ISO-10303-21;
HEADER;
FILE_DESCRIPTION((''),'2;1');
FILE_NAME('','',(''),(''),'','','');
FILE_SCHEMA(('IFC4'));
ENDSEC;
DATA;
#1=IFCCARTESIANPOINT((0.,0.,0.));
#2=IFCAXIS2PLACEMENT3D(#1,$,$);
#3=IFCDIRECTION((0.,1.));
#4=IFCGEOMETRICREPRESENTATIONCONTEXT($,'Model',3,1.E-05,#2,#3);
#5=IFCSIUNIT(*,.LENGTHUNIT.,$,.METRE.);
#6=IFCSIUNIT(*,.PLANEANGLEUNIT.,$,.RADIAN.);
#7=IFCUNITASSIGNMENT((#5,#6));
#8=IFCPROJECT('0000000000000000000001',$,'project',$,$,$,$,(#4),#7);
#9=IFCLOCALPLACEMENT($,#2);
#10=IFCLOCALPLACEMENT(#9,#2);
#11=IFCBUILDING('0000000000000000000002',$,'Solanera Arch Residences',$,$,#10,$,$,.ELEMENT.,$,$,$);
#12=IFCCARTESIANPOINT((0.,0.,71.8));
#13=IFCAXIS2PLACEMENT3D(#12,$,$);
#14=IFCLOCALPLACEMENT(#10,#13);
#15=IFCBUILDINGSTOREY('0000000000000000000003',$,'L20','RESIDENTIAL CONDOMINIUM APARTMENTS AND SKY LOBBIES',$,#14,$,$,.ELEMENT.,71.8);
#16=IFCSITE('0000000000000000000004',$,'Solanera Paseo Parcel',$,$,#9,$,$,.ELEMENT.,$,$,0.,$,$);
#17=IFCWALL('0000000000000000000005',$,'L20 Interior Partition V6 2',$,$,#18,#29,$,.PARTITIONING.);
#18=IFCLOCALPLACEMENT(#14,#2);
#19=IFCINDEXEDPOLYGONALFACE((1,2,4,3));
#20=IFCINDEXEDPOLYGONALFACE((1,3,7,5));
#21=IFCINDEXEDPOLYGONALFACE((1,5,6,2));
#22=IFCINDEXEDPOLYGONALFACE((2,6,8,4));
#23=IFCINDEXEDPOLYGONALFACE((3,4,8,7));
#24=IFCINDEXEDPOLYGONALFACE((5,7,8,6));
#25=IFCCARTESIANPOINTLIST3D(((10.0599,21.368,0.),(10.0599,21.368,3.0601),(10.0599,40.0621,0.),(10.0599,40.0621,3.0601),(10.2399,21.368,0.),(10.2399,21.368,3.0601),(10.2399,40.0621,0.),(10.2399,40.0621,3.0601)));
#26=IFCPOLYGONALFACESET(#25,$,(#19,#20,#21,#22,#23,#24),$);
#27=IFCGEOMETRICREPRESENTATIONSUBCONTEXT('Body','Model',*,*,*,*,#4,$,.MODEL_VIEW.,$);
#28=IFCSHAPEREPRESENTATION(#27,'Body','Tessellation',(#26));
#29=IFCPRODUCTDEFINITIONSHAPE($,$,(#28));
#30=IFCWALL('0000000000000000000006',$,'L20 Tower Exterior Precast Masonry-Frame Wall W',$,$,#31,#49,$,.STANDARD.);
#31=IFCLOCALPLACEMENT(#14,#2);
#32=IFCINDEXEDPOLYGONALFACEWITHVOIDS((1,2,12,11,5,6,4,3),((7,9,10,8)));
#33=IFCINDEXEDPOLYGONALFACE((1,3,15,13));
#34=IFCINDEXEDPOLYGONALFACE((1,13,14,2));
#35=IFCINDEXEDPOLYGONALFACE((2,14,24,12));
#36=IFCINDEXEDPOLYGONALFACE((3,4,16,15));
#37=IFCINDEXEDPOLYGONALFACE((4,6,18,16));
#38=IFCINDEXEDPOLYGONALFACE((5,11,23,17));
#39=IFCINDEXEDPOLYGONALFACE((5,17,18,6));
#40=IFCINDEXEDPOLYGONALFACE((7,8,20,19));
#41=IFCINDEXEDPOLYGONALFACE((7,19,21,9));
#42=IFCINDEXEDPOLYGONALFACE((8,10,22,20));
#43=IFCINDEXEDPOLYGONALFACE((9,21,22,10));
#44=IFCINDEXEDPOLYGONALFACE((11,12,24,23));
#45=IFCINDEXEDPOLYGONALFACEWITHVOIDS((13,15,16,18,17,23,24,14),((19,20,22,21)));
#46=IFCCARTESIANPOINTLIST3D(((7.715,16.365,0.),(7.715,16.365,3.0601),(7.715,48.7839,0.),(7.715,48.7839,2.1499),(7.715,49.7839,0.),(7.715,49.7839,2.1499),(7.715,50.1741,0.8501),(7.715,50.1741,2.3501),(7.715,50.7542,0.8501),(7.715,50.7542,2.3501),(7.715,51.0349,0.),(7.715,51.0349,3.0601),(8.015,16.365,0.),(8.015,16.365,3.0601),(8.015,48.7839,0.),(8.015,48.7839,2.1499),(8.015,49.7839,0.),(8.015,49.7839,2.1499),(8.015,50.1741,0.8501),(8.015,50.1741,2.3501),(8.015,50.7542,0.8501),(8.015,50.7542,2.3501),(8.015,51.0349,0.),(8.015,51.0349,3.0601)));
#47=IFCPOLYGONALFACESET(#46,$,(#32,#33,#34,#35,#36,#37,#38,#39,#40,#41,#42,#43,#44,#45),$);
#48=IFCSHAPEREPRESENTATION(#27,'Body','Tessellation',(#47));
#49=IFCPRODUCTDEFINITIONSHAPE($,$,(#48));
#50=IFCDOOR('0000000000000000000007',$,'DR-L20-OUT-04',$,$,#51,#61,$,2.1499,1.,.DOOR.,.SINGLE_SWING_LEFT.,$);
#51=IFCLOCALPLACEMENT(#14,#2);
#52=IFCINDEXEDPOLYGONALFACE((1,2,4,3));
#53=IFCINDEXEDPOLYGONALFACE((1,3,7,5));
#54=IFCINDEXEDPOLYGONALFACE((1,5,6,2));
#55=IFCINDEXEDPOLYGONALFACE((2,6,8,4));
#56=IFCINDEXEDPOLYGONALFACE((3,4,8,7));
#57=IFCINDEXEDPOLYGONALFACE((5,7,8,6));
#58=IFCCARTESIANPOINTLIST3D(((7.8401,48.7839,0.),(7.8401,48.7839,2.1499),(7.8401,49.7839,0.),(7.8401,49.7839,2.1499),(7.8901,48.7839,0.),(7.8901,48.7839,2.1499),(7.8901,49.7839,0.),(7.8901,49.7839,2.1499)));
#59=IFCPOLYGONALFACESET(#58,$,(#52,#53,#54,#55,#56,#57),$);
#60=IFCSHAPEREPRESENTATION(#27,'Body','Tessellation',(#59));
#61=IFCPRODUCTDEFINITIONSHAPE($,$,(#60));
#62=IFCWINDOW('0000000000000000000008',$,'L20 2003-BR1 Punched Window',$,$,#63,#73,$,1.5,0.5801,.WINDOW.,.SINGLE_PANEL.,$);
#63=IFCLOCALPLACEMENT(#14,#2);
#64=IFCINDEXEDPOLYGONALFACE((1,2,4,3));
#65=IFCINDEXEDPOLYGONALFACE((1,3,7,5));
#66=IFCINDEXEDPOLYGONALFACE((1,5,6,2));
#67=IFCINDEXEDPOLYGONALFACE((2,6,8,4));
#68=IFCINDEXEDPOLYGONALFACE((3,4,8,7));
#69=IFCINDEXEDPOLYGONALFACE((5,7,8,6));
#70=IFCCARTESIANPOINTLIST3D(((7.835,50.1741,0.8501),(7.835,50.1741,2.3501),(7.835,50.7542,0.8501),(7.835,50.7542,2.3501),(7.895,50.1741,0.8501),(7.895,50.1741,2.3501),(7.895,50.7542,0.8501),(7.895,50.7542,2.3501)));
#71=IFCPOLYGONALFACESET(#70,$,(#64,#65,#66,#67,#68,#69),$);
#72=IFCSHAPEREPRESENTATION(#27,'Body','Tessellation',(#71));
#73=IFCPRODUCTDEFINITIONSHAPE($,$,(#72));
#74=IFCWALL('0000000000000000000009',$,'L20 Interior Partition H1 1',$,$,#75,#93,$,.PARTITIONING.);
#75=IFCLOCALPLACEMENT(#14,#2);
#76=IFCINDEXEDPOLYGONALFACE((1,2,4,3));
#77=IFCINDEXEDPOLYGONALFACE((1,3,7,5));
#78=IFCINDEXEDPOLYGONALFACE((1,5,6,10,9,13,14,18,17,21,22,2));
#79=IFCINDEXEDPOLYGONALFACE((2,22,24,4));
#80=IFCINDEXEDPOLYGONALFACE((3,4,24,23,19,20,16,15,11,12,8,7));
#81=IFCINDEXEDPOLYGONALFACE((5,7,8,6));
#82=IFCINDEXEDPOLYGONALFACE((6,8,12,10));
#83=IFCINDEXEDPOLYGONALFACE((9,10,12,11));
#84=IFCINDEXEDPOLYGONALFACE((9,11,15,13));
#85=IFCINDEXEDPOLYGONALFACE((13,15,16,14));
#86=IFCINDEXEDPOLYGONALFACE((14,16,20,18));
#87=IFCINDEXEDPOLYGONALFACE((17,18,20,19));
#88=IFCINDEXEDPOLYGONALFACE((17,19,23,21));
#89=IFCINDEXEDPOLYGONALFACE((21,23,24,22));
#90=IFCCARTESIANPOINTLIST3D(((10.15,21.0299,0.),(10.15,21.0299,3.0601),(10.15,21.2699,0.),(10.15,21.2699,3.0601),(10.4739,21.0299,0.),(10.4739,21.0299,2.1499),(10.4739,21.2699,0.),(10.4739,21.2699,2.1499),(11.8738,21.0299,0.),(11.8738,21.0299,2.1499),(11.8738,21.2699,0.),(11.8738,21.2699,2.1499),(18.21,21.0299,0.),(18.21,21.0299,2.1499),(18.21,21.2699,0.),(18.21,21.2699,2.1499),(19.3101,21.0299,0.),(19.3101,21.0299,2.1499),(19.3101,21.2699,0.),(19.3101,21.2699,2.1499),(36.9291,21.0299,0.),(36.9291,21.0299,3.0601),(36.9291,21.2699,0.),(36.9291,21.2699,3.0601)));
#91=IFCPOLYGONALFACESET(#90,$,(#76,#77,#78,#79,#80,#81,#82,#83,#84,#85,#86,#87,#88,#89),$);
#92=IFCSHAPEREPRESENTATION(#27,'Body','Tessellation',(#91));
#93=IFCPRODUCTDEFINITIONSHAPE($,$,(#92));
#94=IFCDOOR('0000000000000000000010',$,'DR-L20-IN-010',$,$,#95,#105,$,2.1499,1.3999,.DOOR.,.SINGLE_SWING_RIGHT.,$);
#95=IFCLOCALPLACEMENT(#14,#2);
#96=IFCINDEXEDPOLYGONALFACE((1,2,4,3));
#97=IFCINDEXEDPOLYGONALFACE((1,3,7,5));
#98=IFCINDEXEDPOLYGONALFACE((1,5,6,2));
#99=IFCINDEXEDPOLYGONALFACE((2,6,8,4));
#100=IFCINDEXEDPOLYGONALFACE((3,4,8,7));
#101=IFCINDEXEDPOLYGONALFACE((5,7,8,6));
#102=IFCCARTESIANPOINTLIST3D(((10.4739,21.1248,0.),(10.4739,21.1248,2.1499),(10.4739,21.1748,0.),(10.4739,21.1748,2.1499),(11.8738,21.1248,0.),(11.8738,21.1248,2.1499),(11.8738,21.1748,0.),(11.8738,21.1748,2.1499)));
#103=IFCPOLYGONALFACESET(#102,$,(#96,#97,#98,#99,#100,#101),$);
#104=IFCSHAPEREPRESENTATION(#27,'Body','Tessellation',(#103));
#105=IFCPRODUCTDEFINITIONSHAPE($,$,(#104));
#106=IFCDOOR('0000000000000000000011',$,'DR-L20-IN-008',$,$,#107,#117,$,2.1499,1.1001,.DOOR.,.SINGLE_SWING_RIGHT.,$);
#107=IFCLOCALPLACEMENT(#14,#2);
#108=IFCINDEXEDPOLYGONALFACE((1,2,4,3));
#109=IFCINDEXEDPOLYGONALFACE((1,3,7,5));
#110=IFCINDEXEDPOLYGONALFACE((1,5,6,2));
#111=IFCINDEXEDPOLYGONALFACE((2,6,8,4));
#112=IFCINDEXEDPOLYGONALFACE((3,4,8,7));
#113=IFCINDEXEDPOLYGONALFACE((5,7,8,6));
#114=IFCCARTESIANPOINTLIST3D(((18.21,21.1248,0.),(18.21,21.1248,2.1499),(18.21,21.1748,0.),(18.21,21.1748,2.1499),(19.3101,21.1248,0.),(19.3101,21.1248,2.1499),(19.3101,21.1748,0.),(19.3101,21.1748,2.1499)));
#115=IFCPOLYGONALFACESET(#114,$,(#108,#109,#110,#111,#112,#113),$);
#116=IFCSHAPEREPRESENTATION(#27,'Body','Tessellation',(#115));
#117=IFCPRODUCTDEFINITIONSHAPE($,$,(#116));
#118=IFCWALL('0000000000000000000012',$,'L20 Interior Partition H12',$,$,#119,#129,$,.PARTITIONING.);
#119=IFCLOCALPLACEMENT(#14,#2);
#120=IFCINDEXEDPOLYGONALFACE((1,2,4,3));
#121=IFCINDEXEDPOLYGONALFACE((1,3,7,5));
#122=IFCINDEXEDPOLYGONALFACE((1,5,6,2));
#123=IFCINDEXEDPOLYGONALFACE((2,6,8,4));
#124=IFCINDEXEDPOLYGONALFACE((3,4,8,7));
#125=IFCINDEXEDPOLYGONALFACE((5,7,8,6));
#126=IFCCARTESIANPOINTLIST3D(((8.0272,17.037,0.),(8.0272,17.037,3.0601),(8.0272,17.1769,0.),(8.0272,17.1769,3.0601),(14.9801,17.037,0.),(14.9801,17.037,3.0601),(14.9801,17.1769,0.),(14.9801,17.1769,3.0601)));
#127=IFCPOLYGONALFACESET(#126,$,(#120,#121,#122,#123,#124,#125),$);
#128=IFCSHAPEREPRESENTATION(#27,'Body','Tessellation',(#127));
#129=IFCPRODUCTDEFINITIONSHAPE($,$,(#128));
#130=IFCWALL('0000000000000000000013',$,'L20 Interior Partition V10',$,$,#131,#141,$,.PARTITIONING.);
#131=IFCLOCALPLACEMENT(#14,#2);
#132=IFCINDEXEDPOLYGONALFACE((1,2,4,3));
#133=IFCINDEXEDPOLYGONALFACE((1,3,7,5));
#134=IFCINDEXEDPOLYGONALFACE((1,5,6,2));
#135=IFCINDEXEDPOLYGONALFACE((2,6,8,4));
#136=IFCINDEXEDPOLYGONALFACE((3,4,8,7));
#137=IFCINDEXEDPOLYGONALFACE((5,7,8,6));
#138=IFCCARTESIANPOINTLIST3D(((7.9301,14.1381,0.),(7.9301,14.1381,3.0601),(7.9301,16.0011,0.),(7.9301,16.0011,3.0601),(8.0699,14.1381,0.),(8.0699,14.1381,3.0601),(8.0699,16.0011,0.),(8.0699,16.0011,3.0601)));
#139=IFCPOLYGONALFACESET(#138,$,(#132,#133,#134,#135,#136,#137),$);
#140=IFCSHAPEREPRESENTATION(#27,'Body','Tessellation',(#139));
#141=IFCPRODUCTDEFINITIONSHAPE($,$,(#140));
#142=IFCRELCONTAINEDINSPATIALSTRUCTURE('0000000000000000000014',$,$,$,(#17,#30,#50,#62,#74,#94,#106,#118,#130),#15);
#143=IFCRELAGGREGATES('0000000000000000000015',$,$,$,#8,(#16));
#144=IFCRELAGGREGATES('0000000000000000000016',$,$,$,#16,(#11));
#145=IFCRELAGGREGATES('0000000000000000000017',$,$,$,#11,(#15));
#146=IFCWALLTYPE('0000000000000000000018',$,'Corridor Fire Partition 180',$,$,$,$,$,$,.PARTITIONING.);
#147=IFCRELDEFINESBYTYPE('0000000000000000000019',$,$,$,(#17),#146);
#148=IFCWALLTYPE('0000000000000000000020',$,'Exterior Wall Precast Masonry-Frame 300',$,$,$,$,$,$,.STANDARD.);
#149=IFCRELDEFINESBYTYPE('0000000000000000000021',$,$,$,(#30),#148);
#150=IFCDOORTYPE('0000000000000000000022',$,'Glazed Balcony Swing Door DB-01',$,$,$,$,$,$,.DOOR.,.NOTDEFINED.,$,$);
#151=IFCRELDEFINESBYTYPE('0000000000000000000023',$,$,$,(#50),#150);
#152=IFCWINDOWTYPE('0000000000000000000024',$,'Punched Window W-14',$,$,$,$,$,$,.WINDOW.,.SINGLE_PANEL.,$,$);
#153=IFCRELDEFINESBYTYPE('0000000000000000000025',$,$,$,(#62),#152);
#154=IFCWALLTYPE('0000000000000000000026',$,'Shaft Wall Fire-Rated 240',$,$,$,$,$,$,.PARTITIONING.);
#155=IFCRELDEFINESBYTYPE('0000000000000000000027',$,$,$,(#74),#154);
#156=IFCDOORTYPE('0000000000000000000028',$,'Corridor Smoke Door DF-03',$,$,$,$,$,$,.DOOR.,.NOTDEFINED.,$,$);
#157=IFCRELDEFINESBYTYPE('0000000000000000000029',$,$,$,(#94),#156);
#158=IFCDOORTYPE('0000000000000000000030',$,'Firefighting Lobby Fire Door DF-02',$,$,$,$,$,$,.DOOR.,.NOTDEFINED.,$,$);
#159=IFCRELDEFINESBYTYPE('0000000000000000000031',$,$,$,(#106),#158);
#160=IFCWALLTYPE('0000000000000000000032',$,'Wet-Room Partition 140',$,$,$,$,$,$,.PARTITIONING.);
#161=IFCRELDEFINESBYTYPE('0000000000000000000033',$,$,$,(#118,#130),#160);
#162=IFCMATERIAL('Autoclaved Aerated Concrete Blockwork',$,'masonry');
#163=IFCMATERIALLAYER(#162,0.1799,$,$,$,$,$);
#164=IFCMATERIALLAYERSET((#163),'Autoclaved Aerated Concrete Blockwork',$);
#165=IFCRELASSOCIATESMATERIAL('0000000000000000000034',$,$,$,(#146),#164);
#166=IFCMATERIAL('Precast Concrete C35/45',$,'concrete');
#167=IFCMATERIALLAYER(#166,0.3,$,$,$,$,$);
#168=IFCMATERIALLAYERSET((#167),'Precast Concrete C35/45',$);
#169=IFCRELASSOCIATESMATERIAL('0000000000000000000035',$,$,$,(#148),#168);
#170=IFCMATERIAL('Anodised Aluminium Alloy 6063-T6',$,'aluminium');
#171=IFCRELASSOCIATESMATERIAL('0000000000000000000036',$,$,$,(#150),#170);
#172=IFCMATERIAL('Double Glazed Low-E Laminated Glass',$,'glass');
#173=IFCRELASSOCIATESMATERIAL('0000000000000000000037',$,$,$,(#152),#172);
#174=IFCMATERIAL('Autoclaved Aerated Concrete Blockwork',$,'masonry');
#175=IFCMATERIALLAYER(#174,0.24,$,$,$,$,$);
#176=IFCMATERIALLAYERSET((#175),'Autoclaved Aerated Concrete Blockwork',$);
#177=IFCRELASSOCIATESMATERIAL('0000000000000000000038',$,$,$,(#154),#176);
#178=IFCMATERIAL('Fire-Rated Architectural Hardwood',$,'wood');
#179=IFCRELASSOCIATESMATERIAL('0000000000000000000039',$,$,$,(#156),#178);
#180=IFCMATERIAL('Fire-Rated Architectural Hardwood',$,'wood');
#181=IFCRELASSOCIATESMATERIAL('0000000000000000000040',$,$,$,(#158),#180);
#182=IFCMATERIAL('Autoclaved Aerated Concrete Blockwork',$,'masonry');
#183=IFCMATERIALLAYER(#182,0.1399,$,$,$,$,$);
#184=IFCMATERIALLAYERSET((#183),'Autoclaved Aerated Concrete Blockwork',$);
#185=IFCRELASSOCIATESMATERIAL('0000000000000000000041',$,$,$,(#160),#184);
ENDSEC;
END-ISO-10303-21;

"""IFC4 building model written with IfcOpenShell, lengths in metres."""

from ifc_helpers import new_model, si_unit, direction, frame, frame_2d, origin, place, context, subcontext, project, spatial, rectangle, extrude, material, layer, layer_set, type_object, element, fill, save


model = new_model("IFC4")

# Units and contexts
model_context = context("Model", 3, precision=1e-05, world=origin(), true_north=direction((0.0, 1.0)))
body_context = subcontext(model_context, "Body", "Model", "MODEL_VIEW")
ifc_project = project(units=[si_unit("LENGTHUNIT", "METRE"), si_unit("PLANEANGLEUNIT", "RADIAN")], contexts=[model_context])

# Site, building, storey
site_placement = place(None, origin())
site = spatial("IfcSite", under=ifc_project, at=site_placement, Name="Solanera Paseo Parcel", CompositionType="ELEMENT", RefElevation=0.0)
building_placement = place(site_placement, origin())
building = spatial("IfcBuilding", under=site, at=building_placement, Name="Solanera Arch Residences", CompositionType="ELEMENT")
storey_placement = place(building_placement, frame((0.0, 0.0, 71.8)))
storey = spatial("IfcBuildingStorey", under=building, at=storey_placement, Name="L20", Description="RESIDENTIAL CONDOMINIUM APARTMENTS AND SKY LOBBIES", CompositionType="ELEMENT", Elevation=71.8)

# Shared definitions
ifc_material_1 = material(Name="Autoclaved Aerated Concrete Blockwork", Category="masonry")
ifc_layer_1 = layer(ifc_material_1, 0.1799)
ifc_layer_set_1 = layer_set([ifc_layer_1], Name="Autoclaved Aerated Concrete Blockwork")
wall_type_1 = type_object("IfcWallType", Name="Corridor Fire Partition 180", PredefinedType="PARTITIONING", material=ifc_layer_set_1)

# Wall
wall_1_placement = place(storey_placement, frame((10.1499, 21.3679, 0.0), z_axis=(0.0, 0.0, 1.0), x_axis=(0.0, 1.0, 0.0)))
element("IfcWall", 1, at=wall_1_placement, inside=storey, type_object=wall_type_1, Name="L20 Interior Partition V6 2", PredefinedType="PARTITIONING", context=body_context, shape_type="SweptSolid", body=[
    extrude(rectangle(XDim=18.6941, YDim=0.1799, at=frame_2d((9.3472, 0.0))), origin(), (0.0, 0.0, 1.0), 3.0601),
])

# Wall, openings, door, window
ifc_material_2 = material(Name="Precast Concrete C35/45", Category="concrete")
ifc_layer_2 = layer(ifc_material_2, 0.3)
ifc_layer_set_2 = layer_set([ifc_layer_2], Name="Precast Concrete C35/45")
wall_type_2 = type_object("IfcWallType", Name="Exterior Wall Precast Masonry-Frame 300", PredefinedType="STANDARD", material=ifc_layer_set_2)
wall_2_placement = place(storey_placement, frame((7.865, 16.365, 0.0), z_axis=(0.0, 0.0, 1.0), x_axis=(0.0, 1.0, 0.0)))
wall_2 = element("IfcWall", 2, at=wall_2_placement, inside=storey, type_object=wall_type_2, Name="L20 Tower Exterior Precast Masonry-Frame Wall W", PredefinedType="STANDARD", context=body_context, shape_type="SweptSolid", body=[
    extrude(rectangle(XDim=34.6699, YDim=0.3, at=frame_2d((17.335, 0.0))), origin(), (0.0, 0.0, 1.0), 3.0601),
])
opening_1_placement = place(wall_2_placement, frame((32.4189, 0.0, 0.0)))
opening_1 = element("IfcOpeningElement", 3, at=opening_1_placement, cuts=wall_2, PredefinedType="OPENING", context=body_context, shape_type="SweptSolid", body=[
    extrude(rectangle(XDim=1.0, YDim=2.1499, at=frame_2d((0.5, 1.075))), frame((0.0, 0.1599, 0.0), z_axis=(0.0, -1.0, 0.0), x_axis=(1.0, 0.0, 0.0)), (0.0, 0.0, 1.0), 0.32),
])
opening_2_placement = place(wall_2_placement, frame((33.8091, 0.0, 0.8501)))
opening_2 = element("IfcOpeningElement", 4, at=opening_2_placement, cuts=wall_2, PredefinedType="OPENING", context=body_context, shape_type="SweptSolid", body=[
    extrude(rectangle(XDim=0.5801, YDim=1.5, at=frame_2d((0.29, 0.75))), frame((0.0, 0.1599, 0.0), z_axis=(0.0, -1.0, 0.0), x_axis=(1.0, 0.0, 0.0)), (0.0, 0.0, 1.0), 0.32),
])
ifc_material_3 = material(Name="Anodised Aluminium Alloy 6063-T6", Category="aluminium")
door_type_1 = type_object("IfcDoorType", Name="Glazed Balcony Swing Door DB-01", OperationType="NOTDEFINED", PredefinedType="DOOR", material=ifc_material_3)
door_1_placement = place(opening_1_placement, origin())
door_1 = element("IfcDoor", 5, at=door_1_placement, inside=storey, type_object=door_type_1, Name="DR-L20-OUT-04", OperationType="SINGLE_SWING_LEFT", OverallHeight=2.1499, OverallWidth=1.0, PredefinedType="DOOR", context=body_context, shape_type="SweptSolid", body=[
    extrude(rectangle(XDim=1.0, YDim=2.1499, at=frame_2d((0.5, 1.075))), frame((0.0, 0.0249, 0.0), z_axis=(0.0, -1.0, 0.0), x_axis=(1.0, 0.0, 0.0)), (0.0, 0.0, 1.0), 0.05),
])
fill(opening_1, door_1)
ifc_material_4 = material(Name="Double Glazed Low-E Laminated Glass", Category="glass")
window_type = type_object("IfcWindowType", Name="Punched Window W-14", PartitioningType="SINGLE_PANEL", PredefinedType="WINDOW", material=ifc_material_4)
window_placement = place(opening_2_placement, origin())
window = element("IfcWindow", 6, at=window_placement, inside=storey, type_object=window_type, Name="L20 2003-BR1 Punched Window", OverallHeight=1.5, OverallWidth=0.5801, PartitioningType="SINGLE_PANEL", PredefinedType="WINDOW", context=body_context, shape_type="SweptSolid", body=[
    extrude(rectangle(XDim=0.5801, YDim=1.5, at=frame_2d((0.29, 0.75))), frame((0.0, 0.03, 0.0), z_axis=(0.0, -1.0, 0.0), x_axis=(1.0, 0.0, 0.0)), (0.0, 0.0, 1.0), 0.0601),
])
fill(opening_2, window)

# Wall, openings, doors
ifc_material_5 = material(Name="Autoclaved Aerated Concrete Blockwork", Category="masonry")
ifc_layer_3 = layer(ifc_material_5, 0.24)
ifc_layer_set_3 = layer_set([ifc_layer_3], Name="Autoclaved Aerated Concrete Blockwork")
wall_type_3 = type_object("IfcWallType", Name="Shaft Wall Fire-Rated 240", PredefinedType="PARTITIONING", material=ifc_layer_set_3)
wall_3_placement = place(storey_placement, frame((10.1499, 21.1499, 0.0), z_axis=(0.0, 0.0, 1.0), x_axis=(1.0, 0.0, 0.0)))
wall_3 = element("IfcWall", 7, at=wall_3_placement, inside=storey, type_object=wall_type_3, Name="L20 Interior Partition H1 1", PredefinedType="PARTITIONING", context=body_context, shape_type="SweptSolid", body=[
    extrude(rectangle(XDim=26.7791, YDim=0.24, at=frame_2d((13.3896, 0.0))), origin(), (0.0, 0.0, 1.0), 3.0601),
])
opening_3_placement = place(wall_3_placement, frame((8.0601, 0.0, 0.0)))
opening_3 = element("IfcOpeningElement", 8, at=opening_3_placement, cuts=wall_3, PredefinedType="OPENING", context=body_context, shape_type="SweptSolid", body=[
    extrude(rectangle(XDim=1.1001, YDim=2.1499, at=frame_2d((0.55, 1.075))), frame((0.0, 0.1299, 0.0), z_axis=(0.0, -1.0, 0.0), x_axis=(1.0, 0.0, 0.0)), (0.0, 0.0, 1.0), 0.26),
])
opening_4_placement = place(wall_3_placement, frame((0.324, 0.0, 0.0)))
opening_4 = element("IfcOpeningElement", 9, at=opening_4_placement, cuts=wall_3, PredefinedType="OPENING", context=body_context, shape_type="SweptSolid", body=[
    extrude(rectangle(XDim=1.3999, YDim=2.1499, at=frame_2d((0.7, 1.075))), frame((0.0, 0.1299, 0.0), z_axis=(0.0, -1.0, 0.0), x_axis=(1.0, 0.0, 0.0)), (0.0, 0.0, 1.0), 0.26),
])
ifc_material_6 = material(Name="Fire-Rated Architectural Hardwood", Category="wood")
door_type_2 = type_object("IfcDoorType", Name="Corridor Smoke Door DF-03", OperationType="NOTDEFINED", PredefinedType="DOOR", material=ifc_material_6)
door_2_placement = place(opening_4_placement, origin())
door_2 = element("IfcDoor", 10, at=door_2_placement, inside=storey, type_object=door_type_2, Name="DR-L20-IN-010", OperationType="SINGLE_SWING_RIGHT", OverallHeight=2.1499, OverallWidth=1.3999, PredefinedType="DOOR", context=body_context, shape_type="SweptSolid", body=[
    extrude(rectangle(XDim=1.3999, YDim=2.1499, at=frame_2d((0.7, 1.075))), frame((0.0, 0.0249, 0.0), z_axis=(0.0, -1.0, 0.0), x_axis=(1.0, 0.0, 0.0)), (0.0, 0.0, 1.0), 0.05),
])
fill(opening_4, door_2)
ifc_material_7 = material(Name="Fire-Rated Architectural Hardwood", Category="wood")
door_type_3 = type_object("IfcDoorType", Name="Firefighting Lobby Fire Door DF-02", OperationType="NOTDEFINED", PredefinedType="DOOR", material=ifc_material_7)
door_3_placement = place(opening_3_placement, origin())
door_3 = element("IfcDoor", 11, at=door_3_placement, inside=storey, type_object=door_type_3, Name="DR-L20-IN-008", OperationType="SINGLE_SWING_RIGHT", OverallHeight=2.1499, OverallWidth=1.1001, PredefinedType="DOOR", context=body_context, shape_type="SweptSolid", body=[
    extrude(rectangle(XDim=1.1001, YDim=2.1499, at=frame_2d((0.55, 1.075))), frame((0.0, 0.0249, 0.0), z_axis=(0.0, -1.0, 0.0), x_axis=(1.0, 0.0, 0.0)), (0.0, 0.0, 1.0), 0.05),
])
fill(opening_3, door_3)

# Walls
ifc_material_8 = material(Name="Autoclaved Aerated Concrete Blockwork", Category="masonry")
ifc_layer_4 = layer(ifc_material_8, 0.1399)
ifc_layer_set_4 = layer_set([ifc_layer_4], Name="Autoclaved Aerated Concrete Blockwork")
wall_type_4 = type_object("IfcWallType", Name="Wet-Room Partition 140", PredefinedType="PARTITIONING", material=ifc_layer_set_4)
wall_4_placement = place(storey_placement, frame((8.0271, 17.1069, 0.0), z_axis=(0.0, 0.0, 1.0), x_axis=(1.0, 0.0, 0.0)))
element("IfcWall", 12, at=wall_4_placement, inside=storey, type_object=wall_type_4, Name="L20 Interior Partition H12", PredefinedType="PARTITIONING", context=body_context, shape_type="SweptSolid", body=[
    extrude(rectangle(XDim=6.9529, YDim=0.1399, at=frame_2d((3.4766, 0.0))), origin(), (0.0, 0.0, 1.0), 3.0601),
])
wall_5_placement = place(storey_placement, frame((8.0, 14.1379, 0.0), z_axis=(0.0, 0.0, 1.0), x_axis=(0.0, 1.0, 0.0)))
element("IfcWall", 13, at=wall_5_placement, inside=storey, type_object=wall_type_4, Name="L20 Interior Partition V10", PredefinedType="PARTITIONING", context=body_context, shape_type="SweptSolid", body=[
    extrude(rectangle(XDim=1.863, YDim=0.1399, at=frame_2d((0.9316, 0.0))), origin(), (0.0, 0.0, 1.0), 3.0601),
])

save(model, "model.ifc")
